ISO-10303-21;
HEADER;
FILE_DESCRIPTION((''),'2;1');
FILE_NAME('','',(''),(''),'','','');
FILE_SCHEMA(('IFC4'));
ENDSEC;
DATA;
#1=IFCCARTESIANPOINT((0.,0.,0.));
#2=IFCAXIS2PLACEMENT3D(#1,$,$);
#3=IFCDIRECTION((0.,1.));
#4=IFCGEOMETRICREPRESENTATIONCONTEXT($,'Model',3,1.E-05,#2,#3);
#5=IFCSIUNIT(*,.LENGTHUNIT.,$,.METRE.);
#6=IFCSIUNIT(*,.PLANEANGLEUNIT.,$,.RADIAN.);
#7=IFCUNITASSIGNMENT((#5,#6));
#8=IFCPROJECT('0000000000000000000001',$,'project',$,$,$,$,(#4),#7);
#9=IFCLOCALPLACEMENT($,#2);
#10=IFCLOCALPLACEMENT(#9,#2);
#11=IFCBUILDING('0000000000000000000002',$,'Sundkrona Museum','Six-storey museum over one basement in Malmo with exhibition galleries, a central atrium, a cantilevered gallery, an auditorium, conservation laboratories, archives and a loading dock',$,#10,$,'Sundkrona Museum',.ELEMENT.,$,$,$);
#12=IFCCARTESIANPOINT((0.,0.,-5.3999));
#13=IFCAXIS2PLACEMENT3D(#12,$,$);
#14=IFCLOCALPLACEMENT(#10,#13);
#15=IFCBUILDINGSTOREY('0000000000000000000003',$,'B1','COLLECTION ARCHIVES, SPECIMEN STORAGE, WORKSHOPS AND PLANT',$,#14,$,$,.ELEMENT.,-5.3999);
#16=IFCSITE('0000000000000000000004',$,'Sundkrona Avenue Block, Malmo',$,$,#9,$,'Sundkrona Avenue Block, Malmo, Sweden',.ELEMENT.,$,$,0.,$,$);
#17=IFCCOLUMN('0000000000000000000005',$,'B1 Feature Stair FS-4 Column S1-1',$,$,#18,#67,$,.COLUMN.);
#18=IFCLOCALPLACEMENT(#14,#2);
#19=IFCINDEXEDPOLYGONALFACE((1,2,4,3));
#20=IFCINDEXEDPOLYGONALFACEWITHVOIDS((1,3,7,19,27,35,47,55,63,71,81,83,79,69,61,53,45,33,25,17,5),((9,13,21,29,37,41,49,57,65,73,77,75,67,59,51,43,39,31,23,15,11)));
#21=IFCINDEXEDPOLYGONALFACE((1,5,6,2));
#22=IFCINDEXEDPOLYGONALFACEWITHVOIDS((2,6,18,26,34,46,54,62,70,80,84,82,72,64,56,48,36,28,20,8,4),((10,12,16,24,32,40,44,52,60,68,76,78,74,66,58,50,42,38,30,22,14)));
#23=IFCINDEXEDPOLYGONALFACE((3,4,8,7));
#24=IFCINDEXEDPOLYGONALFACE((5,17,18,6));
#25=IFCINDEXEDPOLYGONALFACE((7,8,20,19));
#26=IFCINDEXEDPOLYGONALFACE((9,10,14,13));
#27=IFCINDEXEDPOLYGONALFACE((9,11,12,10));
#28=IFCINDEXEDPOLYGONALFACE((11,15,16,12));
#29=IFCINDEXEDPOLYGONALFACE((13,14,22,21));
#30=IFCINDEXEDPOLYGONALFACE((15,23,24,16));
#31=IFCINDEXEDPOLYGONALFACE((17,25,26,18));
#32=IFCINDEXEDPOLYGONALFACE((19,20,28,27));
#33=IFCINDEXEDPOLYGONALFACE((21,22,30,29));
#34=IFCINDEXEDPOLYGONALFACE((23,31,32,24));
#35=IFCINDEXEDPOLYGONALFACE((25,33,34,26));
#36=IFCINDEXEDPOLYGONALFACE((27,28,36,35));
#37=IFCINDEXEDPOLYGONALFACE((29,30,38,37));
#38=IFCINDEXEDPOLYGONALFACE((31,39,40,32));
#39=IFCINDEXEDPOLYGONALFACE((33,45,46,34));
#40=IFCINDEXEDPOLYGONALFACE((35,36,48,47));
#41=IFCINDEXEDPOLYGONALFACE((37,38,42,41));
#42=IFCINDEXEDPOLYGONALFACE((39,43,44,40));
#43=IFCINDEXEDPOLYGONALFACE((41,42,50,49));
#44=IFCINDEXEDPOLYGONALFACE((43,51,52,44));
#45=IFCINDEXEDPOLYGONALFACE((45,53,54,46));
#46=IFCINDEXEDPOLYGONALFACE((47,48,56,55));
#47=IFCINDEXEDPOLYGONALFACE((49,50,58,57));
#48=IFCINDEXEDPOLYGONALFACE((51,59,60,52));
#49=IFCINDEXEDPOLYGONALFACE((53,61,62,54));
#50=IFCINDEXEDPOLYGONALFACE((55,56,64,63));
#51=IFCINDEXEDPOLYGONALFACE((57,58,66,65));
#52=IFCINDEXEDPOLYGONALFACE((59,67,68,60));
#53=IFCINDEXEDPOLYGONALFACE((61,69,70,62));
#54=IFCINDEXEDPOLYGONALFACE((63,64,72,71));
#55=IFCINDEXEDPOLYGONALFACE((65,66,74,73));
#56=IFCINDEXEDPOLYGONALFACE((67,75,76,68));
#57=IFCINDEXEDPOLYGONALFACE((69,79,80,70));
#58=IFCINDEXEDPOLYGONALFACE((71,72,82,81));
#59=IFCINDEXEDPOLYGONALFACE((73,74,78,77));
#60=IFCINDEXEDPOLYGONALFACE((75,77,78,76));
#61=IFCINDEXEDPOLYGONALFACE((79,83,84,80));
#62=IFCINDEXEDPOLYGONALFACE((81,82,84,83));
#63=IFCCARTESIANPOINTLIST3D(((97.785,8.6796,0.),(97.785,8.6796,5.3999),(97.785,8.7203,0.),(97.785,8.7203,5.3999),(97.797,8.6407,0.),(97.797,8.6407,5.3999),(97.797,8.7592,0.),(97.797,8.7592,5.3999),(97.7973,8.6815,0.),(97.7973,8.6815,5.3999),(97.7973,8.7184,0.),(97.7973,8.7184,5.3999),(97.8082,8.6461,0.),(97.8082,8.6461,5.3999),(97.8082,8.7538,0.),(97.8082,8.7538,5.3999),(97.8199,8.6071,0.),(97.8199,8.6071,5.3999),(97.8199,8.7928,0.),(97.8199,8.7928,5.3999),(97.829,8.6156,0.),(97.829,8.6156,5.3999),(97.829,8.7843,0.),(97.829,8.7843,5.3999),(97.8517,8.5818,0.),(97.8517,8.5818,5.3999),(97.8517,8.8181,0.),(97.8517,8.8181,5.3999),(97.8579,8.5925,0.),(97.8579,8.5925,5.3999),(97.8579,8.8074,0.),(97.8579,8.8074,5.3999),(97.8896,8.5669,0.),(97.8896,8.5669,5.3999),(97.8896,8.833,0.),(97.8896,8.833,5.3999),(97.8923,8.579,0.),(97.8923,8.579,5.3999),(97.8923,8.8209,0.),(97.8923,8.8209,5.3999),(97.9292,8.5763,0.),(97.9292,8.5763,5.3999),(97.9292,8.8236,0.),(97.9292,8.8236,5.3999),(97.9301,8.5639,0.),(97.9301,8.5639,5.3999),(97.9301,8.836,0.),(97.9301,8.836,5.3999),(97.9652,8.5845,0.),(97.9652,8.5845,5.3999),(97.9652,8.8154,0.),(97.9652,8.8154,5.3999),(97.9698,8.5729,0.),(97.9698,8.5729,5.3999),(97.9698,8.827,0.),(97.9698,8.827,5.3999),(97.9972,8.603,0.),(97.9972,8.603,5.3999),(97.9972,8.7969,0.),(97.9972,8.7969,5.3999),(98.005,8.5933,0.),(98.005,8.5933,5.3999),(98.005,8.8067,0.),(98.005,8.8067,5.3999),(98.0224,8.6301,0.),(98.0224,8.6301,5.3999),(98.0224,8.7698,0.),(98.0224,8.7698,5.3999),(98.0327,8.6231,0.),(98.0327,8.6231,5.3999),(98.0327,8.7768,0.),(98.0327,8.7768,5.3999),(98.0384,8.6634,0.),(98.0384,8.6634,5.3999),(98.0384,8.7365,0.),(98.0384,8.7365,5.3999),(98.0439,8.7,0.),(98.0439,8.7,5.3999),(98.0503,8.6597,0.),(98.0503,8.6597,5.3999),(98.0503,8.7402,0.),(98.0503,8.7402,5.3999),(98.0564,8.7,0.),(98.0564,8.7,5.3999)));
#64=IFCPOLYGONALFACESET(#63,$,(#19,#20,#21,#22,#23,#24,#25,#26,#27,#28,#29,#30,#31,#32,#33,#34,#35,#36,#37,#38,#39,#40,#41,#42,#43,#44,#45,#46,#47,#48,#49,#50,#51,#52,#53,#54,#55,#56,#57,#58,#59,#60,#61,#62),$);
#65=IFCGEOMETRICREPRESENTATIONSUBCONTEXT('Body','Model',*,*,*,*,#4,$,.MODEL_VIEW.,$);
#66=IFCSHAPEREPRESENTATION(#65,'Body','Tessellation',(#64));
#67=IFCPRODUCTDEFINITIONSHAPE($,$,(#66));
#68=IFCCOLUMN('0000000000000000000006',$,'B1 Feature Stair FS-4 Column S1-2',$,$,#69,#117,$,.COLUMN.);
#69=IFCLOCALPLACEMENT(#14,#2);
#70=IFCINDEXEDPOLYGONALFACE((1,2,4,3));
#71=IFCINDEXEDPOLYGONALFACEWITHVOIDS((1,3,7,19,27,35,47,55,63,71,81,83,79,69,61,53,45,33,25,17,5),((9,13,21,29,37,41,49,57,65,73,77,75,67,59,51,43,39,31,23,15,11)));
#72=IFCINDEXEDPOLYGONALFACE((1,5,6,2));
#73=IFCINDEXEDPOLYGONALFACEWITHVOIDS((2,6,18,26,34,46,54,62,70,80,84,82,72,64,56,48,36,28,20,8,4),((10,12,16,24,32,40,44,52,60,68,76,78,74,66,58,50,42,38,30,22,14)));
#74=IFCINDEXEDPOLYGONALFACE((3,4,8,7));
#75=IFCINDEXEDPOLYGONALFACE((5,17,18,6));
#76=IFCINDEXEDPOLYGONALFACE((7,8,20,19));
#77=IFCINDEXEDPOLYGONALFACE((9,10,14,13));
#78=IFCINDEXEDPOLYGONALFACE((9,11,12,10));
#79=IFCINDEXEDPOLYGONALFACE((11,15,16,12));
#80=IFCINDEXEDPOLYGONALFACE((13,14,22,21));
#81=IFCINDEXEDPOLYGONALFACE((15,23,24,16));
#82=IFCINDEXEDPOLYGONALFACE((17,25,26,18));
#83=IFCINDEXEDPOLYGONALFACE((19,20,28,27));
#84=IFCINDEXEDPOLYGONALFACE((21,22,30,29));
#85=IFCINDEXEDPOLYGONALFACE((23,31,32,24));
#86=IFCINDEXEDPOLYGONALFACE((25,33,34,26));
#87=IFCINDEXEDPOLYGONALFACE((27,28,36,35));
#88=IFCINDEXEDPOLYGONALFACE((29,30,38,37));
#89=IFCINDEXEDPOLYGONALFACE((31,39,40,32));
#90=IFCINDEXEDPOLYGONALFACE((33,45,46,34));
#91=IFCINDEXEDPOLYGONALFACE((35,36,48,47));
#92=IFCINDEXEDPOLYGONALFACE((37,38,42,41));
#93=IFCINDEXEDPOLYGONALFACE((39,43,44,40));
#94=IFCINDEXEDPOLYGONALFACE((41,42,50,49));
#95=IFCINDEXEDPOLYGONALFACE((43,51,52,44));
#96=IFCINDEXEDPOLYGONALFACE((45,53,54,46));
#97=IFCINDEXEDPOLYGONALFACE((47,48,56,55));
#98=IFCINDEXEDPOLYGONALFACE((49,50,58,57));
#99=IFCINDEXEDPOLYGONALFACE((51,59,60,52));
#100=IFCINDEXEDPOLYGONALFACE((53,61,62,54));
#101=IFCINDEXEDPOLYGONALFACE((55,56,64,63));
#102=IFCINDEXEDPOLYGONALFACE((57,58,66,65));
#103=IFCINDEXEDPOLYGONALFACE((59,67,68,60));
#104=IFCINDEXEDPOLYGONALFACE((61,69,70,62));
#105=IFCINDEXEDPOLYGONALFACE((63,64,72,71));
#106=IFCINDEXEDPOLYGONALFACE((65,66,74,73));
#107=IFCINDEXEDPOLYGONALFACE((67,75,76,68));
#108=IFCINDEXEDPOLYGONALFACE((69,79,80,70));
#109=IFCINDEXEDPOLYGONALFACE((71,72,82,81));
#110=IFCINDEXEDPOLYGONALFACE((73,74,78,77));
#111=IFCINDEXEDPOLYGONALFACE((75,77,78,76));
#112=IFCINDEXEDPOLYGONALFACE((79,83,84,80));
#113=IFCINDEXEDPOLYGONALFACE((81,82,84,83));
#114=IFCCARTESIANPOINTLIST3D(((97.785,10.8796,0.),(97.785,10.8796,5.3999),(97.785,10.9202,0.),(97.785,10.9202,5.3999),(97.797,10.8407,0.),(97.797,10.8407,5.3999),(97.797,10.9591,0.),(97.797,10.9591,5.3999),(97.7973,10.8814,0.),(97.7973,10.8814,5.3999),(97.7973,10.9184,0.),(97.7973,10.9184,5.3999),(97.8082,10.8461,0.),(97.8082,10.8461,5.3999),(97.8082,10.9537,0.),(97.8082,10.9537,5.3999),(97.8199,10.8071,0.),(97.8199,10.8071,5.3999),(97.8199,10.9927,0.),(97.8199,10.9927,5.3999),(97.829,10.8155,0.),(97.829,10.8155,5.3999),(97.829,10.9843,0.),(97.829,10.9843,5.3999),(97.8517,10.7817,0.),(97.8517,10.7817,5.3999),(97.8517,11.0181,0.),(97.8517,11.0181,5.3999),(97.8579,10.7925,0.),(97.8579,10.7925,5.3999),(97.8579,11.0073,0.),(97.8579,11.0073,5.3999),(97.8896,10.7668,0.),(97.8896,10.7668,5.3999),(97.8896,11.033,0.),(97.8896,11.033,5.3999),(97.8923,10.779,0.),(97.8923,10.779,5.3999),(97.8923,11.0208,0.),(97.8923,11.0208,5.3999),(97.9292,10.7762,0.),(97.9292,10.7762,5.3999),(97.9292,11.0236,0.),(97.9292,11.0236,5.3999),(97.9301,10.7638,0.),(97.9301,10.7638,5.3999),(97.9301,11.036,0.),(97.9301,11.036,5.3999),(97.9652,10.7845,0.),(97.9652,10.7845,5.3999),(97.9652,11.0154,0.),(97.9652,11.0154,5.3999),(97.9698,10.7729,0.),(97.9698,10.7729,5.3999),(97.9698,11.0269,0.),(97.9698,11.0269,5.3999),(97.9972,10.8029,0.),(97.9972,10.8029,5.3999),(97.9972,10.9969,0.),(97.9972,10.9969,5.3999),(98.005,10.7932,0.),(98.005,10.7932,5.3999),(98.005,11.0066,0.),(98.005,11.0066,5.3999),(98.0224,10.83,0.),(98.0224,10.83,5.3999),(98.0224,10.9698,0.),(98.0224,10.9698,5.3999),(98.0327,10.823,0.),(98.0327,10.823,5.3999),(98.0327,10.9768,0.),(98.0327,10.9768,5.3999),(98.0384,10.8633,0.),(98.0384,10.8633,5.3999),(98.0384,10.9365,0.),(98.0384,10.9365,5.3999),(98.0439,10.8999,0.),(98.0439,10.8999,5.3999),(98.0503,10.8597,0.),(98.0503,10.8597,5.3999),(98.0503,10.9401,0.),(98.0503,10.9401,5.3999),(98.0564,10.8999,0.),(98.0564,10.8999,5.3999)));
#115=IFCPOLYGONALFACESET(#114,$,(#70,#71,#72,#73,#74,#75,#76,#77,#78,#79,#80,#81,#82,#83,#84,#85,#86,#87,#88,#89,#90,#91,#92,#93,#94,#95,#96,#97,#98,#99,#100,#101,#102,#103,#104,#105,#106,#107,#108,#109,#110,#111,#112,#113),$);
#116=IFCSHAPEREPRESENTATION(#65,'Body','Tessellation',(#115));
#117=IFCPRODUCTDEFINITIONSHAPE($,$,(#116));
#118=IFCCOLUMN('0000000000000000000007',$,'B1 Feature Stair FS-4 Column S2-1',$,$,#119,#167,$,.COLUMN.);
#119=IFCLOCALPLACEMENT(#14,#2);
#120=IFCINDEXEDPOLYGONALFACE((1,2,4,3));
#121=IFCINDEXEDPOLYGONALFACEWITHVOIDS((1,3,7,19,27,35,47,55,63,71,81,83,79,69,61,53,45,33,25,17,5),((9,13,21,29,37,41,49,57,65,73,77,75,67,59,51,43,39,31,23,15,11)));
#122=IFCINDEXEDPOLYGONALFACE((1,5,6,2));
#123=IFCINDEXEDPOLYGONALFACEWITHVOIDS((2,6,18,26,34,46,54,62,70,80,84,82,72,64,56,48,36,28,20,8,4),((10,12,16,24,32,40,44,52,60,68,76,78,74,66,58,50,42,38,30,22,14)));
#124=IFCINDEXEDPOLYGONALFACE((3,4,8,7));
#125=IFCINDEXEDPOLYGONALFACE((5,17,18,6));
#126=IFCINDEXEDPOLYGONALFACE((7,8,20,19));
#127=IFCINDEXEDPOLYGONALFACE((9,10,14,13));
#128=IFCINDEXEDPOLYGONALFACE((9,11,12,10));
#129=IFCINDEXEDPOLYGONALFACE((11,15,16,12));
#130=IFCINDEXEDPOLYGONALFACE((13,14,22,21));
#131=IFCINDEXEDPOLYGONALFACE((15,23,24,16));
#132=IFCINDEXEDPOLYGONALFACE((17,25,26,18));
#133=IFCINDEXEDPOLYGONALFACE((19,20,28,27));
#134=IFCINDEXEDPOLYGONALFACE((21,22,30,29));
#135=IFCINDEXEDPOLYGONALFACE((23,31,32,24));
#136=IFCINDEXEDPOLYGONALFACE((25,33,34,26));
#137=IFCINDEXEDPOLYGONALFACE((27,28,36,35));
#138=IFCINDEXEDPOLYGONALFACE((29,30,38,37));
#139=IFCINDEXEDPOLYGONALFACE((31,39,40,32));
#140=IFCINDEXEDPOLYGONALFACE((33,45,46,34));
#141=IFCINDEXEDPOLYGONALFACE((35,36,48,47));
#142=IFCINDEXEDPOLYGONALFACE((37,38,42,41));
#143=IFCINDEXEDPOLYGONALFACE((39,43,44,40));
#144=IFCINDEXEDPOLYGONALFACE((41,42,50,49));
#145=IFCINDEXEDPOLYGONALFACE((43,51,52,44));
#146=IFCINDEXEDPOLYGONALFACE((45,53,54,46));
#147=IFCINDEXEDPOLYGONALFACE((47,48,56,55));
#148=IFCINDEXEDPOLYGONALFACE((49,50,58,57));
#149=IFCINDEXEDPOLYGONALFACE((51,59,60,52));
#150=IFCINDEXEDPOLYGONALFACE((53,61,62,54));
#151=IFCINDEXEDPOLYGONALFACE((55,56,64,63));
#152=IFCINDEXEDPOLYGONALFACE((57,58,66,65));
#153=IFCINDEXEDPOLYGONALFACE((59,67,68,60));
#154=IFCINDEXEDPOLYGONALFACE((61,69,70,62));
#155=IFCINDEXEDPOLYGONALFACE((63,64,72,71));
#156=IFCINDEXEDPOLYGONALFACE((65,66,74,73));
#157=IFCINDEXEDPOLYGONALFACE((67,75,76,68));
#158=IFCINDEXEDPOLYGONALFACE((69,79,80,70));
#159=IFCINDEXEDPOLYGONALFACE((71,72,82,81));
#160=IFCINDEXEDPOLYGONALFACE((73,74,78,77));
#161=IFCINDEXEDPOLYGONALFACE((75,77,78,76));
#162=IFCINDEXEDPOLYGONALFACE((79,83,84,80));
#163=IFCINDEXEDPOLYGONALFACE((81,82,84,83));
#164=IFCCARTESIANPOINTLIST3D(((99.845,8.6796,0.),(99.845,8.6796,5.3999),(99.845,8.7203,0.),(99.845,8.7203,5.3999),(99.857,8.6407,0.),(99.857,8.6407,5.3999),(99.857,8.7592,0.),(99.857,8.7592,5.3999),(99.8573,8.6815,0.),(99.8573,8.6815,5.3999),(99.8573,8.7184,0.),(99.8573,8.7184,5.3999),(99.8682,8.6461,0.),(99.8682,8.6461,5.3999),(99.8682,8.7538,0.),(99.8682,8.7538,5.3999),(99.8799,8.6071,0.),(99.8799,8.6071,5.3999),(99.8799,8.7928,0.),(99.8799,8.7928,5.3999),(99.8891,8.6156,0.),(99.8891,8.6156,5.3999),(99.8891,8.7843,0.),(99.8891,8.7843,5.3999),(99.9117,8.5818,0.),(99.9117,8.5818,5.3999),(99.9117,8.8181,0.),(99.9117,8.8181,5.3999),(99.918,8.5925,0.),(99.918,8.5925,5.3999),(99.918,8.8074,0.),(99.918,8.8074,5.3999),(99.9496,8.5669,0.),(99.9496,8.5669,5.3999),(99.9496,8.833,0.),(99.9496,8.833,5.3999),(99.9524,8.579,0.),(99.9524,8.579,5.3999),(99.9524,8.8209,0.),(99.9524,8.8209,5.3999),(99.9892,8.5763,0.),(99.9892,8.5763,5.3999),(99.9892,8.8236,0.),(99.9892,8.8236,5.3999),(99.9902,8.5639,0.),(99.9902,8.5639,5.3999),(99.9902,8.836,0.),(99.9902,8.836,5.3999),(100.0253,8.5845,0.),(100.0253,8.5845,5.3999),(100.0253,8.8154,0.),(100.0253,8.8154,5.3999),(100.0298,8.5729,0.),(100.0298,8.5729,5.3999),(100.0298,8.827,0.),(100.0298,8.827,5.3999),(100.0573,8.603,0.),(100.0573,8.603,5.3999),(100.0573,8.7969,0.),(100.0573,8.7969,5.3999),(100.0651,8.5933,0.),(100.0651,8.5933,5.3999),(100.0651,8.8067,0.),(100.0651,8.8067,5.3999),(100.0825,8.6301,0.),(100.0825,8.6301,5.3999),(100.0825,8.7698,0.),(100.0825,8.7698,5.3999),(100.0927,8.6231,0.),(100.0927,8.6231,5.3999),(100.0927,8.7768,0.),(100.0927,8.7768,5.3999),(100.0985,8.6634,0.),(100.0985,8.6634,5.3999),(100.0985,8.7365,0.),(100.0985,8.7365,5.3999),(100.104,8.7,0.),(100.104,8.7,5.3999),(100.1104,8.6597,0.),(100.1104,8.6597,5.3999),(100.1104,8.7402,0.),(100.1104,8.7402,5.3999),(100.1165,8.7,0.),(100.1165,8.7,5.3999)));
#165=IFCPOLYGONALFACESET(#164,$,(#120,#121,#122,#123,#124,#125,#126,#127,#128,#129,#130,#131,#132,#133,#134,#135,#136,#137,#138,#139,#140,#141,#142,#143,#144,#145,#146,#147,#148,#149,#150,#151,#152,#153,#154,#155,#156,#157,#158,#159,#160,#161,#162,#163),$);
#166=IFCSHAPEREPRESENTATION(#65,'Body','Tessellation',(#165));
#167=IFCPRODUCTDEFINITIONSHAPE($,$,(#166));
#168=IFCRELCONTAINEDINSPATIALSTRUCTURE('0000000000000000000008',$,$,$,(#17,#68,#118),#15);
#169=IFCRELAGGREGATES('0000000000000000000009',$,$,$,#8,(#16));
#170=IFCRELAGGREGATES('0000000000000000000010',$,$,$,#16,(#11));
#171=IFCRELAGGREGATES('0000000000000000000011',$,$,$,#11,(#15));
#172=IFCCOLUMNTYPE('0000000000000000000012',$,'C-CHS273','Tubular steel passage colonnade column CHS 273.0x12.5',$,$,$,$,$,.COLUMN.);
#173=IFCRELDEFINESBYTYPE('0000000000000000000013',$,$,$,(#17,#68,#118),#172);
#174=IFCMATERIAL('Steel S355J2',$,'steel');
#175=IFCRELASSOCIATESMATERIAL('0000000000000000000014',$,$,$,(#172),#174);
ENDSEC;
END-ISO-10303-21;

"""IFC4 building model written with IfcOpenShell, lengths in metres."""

from ifc_helpers import new_model, si_unit, direction, frame, origin, origin_2d, place, context, subcontext, project, spatial, hollow_circle, extrude, material, material_profile, profile_set, type_object, element, save


model = new_model("IFC4")

# Units and contexts
model_context = context("Model", 3, precision=1e-05, world=origin(), true_north=direction((0.0, 1.0)))
body_context = subcontext(model_context, "Body", "Model", "MODEL_VIEW")
ifc_project = project(units=[si_unit("LENGTHUNIT", "METRE"), si_unit("PLANEANGLEUNIT", "RADIAN")], contexts=[model_context])

# Site, building, storey
site_placement = place(None, origin())
site = spatial("IfcSite", under=ifc_project, at=site_placement, Name="Sundkrona Avenue Block, Malmo", LongName="Sundkrona Avenue Block, Malmo, Sweden", CompositionType="ELEMENT", RefElevation=0.0)
building_placement = place(site_placement, origin())
building = spatial("IfcBuilding", under=site, at=building_placement, Name="Sundkrona Museum", Description="Six-storey museum over one basement in Malmo with exhibition galleries, a central atrium, a cantilevered gallery, an auditorium, conservation laboratories, archives and a loading dock", LongName="Sundkrona Museum", CompositionType="ELEMENT")
storey_placement = place(building_placement, frame((0.0, 0.0, -5.3999)))
storey = spatial("IfcBuildingStorey", under=building, at=storey_placement, Name="B1", Description="COLLECTION ARCHIVES, SPECIMEN STORAGE, WORKSHOPS AND PLANT", CompositionType="ELEMENT", Elevation=-5.3999)

# Columns
ifc_material_1 = material(Name="Steel S355J2", Category="steel")
ifc_material_profile_1 = material_profile(ifc_material_1, hollow_circle(Radius=0.1365, WallThickness=0.0125, at=origin_2d()), Name="CHS 273.0x12.5")
ifc_profile_set_1 = profile_set([ifc_material_profile_1], Name="Steel S355J2")
column_type_1 = type_object("IfcColumnType", Name="C-CHS273", Description="Tubular steel passage colonnade column CHS 273.0x12.5", PredefinedType="COLUMN", material=ifc_profile_set_1)
for number, where, z_axis, x_axis, name in (
    (1, (97.9199, 8.7, 0.0), (0.0, 0.0, 1.0), (1.0, 0.0, 0.0), "B1 Feature Stair FS-4 Column S1-1"),
    (2, (97.9199, 10.8999, 0.0), (0.0, 0.0, 1.0), (1.0, 0.0, 0.0), "B1 Feature Stair FS-4 Column S1-2"),
    (3, (99.98, 8.7, 0.0), (0.0, 0.0, 1.0), (1.0, 0.0, 0.0), "B1 Feature Stair FS-4 Column S2-1"),
):
    element("IfcColumn", number, at=place(storey_placement, frame(where, z_axis=z_axis, x_axis=x_axis)), inside=storey, type_object=column_type_1, Name=name, PredefinedType="COLUMN", context=body_context, shape_type="SweptSolid", body=[
        extrude(hollow_circle(Radius=0.1365, WallThickness=0.0125, at=origin_2d()), origin(), (0.0, 0.0, 1.0), 5.3999),
    ])

save(model, "model.ifc")
